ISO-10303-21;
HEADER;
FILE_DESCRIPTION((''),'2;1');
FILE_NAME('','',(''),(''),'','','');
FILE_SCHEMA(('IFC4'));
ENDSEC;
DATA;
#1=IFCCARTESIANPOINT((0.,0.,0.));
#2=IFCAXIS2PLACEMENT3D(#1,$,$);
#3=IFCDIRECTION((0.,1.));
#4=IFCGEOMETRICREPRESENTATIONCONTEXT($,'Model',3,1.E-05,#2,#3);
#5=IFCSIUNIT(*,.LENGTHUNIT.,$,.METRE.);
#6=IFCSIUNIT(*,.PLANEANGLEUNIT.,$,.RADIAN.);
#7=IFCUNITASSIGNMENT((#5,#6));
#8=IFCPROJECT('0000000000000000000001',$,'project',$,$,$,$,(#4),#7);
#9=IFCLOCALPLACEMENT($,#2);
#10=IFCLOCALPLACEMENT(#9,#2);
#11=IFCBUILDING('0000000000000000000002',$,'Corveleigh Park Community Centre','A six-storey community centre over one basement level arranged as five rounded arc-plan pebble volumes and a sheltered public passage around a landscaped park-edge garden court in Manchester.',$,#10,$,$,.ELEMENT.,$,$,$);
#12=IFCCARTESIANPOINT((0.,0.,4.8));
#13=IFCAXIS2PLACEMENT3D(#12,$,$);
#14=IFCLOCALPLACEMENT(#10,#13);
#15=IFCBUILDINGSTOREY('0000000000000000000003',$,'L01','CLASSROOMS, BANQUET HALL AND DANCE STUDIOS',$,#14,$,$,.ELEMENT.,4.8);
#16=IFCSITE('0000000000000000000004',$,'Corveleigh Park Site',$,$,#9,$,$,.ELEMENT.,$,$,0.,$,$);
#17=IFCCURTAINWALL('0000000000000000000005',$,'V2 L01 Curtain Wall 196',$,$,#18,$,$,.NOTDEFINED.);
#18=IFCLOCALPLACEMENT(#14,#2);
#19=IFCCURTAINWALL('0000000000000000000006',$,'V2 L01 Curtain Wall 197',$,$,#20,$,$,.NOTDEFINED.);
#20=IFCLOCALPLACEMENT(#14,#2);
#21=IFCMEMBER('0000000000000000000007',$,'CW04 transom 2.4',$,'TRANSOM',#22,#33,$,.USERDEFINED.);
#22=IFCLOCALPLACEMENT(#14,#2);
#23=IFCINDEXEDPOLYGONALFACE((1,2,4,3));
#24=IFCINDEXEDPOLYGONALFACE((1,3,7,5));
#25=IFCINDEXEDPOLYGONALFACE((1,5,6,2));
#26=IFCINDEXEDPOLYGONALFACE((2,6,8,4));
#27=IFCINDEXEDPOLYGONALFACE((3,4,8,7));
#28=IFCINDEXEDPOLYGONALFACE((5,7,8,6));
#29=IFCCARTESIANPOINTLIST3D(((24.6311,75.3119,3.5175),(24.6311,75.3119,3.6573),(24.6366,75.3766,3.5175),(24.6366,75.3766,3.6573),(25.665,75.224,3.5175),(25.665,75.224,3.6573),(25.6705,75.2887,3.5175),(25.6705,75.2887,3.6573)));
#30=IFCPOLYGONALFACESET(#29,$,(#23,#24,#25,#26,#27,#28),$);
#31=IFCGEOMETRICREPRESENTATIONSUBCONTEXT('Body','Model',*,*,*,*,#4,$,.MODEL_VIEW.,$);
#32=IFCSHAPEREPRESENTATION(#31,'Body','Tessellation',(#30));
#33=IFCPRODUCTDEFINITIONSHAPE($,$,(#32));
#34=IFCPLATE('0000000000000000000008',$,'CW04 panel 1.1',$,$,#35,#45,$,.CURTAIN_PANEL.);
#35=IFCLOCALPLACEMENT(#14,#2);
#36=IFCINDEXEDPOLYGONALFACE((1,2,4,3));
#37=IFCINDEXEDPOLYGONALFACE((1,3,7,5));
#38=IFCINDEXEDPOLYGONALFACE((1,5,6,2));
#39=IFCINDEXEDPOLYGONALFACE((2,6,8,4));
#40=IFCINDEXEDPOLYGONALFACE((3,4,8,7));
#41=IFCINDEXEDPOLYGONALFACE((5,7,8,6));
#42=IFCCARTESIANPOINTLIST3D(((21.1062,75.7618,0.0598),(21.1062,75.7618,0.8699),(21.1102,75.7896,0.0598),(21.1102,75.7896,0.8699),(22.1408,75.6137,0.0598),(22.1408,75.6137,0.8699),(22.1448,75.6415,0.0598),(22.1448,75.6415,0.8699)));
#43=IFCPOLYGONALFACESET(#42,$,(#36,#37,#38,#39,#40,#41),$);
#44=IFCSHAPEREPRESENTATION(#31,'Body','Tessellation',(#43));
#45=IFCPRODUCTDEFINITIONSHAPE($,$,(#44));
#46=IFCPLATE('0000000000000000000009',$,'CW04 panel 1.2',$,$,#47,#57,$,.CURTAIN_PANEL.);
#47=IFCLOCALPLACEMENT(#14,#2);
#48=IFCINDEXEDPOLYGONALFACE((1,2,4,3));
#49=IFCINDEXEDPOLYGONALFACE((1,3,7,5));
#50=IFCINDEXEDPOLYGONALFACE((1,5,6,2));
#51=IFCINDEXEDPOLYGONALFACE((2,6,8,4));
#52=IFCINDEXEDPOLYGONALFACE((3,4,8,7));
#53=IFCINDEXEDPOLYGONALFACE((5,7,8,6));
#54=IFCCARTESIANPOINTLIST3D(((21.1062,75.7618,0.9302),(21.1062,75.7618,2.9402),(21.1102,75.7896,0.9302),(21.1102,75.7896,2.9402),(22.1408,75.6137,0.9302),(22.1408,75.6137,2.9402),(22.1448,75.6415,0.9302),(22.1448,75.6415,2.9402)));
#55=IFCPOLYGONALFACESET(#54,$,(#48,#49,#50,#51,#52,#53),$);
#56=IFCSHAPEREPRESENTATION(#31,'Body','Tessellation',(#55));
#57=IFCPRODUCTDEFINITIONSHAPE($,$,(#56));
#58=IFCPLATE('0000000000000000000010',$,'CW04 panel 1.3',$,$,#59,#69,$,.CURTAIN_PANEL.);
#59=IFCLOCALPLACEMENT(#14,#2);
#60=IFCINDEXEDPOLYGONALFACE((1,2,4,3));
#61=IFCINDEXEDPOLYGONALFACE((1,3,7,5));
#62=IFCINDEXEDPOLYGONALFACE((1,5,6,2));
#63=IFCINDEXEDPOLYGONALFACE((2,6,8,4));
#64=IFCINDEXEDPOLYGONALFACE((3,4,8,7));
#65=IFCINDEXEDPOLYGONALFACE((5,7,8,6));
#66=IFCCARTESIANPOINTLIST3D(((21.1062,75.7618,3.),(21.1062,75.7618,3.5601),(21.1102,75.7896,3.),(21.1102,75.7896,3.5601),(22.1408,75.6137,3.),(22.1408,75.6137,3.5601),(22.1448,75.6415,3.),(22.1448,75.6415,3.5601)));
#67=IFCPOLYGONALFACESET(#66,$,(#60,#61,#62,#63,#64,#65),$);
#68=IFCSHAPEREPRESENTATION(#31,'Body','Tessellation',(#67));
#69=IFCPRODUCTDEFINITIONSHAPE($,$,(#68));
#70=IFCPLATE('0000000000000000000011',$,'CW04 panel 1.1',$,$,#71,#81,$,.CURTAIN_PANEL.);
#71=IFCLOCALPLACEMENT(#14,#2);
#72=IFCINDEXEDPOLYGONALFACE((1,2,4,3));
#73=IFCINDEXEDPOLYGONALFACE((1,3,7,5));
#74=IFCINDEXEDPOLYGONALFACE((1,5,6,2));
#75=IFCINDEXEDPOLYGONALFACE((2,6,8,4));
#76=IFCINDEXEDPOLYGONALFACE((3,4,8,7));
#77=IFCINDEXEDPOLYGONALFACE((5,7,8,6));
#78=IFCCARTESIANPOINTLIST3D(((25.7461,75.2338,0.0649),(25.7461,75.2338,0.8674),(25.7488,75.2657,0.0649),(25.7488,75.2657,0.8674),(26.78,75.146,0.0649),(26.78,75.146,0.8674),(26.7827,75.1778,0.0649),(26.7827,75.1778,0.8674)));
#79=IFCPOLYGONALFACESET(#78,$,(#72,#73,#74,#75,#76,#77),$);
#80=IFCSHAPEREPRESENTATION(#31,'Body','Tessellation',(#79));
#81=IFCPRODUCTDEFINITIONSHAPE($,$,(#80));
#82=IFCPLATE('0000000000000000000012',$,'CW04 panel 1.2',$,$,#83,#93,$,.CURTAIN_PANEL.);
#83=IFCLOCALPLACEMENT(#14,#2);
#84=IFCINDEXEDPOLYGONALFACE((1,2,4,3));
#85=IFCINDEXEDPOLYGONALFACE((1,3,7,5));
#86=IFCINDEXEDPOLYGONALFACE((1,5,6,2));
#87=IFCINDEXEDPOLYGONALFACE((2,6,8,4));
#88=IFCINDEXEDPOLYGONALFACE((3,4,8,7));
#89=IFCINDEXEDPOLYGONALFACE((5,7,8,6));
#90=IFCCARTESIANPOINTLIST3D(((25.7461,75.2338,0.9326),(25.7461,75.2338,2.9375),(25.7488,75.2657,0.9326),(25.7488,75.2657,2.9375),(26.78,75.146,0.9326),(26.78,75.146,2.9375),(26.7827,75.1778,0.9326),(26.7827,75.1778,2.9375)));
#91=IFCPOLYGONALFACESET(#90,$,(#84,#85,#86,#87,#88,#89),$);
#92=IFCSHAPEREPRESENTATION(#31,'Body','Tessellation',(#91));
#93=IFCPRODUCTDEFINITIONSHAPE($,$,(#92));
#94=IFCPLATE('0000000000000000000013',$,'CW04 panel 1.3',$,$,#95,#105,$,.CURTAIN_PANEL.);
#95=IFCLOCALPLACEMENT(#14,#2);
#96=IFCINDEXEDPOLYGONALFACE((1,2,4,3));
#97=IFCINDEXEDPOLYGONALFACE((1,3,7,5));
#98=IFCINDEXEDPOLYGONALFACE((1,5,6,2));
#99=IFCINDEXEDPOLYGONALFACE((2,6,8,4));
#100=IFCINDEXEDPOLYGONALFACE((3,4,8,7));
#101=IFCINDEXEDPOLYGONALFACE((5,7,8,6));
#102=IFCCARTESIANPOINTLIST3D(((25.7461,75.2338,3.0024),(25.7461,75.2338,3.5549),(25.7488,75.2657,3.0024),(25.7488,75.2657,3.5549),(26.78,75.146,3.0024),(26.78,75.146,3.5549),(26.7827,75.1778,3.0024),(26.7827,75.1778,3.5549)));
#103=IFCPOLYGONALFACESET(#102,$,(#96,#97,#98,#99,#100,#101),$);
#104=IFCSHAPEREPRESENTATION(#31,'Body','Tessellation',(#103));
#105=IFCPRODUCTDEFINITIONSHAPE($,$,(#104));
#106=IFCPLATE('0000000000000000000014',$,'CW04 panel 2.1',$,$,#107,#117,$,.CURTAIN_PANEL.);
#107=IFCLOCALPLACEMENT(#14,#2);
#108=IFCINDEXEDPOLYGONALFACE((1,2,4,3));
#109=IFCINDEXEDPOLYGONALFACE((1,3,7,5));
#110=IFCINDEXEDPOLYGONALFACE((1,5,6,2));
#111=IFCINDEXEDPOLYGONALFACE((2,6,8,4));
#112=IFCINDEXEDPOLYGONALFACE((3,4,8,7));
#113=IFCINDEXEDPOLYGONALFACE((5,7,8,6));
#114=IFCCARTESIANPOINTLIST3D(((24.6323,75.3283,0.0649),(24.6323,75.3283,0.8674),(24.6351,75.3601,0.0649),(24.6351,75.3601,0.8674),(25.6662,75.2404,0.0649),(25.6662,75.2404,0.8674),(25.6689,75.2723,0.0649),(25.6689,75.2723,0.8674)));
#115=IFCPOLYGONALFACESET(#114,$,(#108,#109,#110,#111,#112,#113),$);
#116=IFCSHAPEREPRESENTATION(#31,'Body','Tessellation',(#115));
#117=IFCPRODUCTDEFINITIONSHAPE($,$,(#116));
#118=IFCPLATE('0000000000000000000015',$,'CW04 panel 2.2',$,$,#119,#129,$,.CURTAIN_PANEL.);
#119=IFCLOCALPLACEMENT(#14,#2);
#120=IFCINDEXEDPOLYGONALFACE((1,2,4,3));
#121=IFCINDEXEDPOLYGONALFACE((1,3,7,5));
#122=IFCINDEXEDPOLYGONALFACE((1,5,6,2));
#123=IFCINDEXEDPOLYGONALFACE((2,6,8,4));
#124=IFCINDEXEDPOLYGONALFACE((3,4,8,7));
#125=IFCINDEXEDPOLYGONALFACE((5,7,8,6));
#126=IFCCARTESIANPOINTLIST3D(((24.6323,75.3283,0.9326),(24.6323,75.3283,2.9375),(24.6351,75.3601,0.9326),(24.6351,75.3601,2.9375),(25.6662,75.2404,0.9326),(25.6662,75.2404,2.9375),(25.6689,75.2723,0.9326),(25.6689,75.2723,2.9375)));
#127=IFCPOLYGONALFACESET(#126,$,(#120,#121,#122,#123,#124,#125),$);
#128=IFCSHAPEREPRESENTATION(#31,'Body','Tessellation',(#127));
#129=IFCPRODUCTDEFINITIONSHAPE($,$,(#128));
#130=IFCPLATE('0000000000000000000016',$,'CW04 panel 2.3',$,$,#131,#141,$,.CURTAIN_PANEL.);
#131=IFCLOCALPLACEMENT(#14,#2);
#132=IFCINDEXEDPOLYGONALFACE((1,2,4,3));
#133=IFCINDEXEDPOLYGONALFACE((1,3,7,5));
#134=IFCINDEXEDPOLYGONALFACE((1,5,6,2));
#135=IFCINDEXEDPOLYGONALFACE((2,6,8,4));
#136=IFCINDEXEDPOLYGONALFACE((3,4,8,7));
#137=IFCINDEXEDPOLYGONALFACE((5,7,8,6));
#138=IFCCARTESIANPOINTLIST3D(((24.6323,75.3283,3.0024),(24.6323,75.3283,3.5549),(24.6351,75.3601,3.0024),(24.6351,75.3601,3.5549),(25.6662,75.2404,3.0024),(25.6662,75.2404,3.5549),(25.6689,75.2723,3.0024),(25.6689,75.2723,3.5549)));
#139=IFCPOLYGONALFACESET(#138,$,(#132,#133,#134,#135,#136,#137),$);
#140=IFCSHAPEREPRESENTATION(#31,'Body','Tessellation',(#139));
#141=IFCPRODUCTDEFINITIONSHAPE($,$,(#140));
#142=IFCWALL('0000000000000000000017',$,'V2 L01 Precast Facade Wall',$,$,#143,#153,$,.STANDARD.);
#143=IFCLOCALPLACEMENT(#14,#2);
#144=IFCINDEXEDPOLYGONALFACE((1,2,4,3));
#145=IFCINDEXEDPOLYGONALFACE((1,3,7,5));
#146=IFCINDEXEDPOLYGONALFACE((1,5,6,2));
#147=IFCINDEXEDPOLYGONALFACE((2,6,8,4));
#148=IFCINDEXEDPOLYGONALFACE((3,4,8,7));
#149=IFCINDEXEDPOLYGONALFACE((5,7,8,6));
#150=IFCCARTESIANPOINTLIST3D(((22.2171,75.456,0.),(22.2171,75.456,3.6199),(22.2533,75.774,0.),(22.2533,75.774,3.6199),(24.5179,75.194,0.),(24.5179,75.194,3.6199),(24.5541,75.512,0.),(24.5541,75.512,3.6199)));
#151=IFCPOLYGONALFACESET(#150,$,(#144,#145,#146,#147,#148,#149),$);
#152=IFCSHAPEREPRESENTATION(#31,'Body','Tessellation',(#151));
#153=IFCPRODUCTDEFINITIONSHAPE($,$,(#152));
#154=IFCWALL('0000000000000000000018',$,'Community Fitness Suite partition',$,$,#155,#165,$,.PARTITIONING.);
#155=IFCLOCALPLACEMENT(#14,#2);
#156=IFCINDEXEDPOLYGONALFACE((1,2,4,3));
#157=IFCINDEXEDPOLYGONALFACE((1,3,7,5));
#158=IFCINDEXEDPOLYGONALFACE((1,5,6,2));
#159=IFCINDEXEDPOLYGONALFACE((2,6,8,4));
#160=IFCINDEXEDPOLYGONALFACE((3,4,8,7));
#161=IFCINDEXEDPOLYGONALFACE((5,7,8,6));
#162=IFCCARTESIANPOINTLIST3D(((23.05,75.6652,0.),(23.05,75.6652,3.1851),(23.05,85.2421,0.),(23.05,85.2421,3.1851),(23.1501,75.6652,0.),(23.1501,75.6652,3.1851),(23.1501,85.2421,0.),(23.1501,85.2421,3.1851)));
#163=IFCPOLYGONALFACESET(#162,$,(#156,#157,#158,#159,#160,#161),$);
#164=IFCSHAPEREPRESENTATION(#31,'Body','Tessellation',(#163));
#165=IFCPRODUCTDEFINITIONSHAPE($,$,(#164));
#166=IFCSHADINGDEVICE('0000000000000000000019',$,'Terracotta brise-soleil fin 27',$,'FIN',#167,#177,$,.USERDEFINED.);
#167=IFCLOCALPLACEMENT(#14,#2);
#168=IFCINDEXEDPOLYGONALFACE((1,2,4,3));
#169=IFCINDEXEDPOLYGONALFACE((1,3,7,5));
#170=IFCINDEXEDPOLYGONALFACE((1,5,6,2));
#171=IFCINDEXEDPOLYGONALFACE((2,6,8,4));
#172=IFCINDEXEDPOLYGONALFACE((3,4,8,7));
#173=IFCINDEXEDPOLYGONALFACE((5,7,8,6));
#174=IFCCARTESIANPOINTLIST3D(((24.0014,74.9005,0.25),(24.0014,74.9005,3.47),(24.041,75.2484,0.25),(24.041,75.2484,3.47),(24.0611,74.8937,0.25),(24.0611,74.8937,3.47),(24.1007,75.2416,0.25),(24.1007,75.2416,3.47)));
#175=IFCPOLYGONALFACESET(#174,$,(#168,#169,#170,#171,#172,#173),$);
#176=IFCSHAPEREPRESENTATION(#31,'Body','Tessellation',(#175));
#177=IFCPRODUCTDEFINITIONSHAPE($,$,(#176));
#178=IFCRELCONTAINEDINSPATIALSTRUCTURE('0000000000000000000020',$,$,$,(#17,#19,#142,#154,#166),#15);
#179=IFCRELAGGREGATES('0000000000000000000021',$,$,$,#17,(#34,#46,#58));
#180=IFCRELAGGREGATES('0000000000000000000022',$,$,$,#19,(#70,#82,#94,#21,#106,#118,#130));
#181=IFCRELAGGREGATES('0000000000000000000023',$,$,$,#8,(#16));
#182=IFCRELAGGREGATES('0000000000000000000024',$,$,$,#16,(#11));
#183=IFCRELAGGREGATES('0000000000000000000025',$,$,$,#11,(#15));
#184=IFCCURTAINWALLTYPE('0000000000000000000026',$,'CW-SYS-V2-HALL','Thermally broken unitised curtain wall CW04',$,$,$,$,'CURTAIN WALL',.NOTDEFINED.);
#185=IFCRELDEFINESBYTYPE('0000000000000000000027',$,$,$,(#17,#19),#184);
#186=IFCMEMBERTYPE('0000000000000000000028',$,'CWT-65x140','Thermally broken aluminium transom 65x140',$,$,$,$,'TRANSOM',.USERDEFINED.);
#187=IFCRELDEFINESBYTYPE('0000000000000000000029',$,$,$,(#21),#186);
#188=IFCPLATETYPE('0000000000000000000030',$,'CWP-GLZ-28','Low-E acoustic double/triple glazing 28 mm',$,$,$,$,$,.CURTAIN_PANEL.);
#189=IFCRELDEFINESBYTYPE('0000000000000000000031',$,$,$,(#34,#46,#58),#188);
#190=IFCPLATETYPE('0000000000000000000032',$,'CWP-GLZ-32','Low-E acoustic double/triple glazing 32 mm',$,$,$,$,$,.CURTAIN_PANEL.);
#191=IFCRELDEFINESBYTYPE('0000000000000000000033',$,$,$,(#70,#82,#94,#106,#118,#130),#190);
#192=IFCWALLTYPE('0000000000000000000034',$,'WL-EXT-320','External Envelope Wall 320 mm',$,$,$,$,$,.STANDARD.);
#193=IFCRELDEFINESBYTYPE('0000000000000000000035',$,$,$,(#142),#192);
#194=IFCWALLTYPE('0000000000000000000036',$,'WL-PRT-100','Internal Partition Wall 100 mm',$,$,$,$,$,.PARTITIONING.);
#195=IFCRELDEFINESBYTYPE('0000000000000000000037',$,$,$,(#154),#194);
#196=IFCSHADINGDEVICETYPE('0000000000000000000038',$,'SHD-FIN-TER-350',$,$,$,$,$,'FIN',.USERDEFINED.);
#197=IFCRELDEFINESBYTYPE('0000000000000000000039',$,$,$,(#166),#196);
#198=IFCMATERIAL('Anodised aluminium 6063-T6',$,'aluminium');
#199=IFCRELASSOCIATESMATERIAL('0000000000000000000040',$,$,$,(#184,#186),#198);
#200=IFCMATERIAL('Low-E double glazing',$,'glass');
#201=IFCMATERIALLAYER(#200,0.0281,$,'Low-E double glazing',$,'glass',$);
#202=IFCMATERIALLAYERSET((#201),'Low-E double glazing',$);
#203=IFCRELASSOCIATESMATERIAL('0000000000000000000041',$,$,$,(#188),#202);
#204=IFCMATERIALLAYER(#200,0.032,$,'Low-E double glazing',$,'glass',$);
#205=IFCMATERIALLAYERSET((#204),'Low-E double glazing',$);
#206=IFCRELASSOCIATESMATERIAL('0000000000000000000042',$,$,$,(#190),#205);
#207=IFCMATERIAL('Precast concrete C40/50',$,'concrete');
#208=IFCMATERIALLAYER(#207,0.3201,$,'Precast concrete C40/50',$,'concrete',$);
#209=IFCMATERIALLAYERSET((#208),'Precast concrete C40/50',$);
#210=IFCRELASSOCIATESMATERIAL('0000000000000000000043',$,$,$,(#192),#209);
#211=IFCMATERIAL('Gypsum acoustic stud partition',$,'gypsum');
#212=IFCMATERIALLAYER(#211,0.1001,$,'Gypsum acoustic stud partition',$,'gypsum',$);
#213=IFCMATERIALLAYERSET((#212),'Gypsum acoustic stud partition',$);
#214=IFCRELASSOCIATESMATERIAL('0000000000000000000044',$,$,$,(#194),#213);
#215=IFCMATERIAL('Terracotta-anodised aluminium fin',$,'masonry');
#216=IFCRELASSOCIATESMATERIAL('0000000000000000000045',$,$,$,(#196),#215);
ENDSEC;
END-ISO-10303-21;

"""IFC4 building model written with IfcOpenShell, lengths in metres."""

from ifc_helpers import new_model, si_unit, direction, frame, frame_2d, origin, origin_2d, place, context, subcontext, project, spatial, rectangle, extrude, material, layer, layer_set, material_profile, profile_set, type_object, element, aggregate, save


model = new_model("IFC4")

# Units and contexts
model_context = context("Model", 3, precision=1e-05, world=origin(), true_north=direction((0.0, 1.0)))
body_context = subcontext(model_context, "Body", "Model", "MODEL_VIEW")
ifc_project = project(units=[si_unit("LENGTHUNIT", "METRE"), si_unit("PLANEANGLEUNIT", "RADIAN")], contexts=[model_context])

# Site, building, storey
site_placement = place(None, origin())
site = spatial("IfcSite", under=ifc_project, at=site_placement, Name="Corveleigh Park Site", CompositionType="ELEMENT", RefElevation=0.0)
building_placement = place(site_placement, origin())
building = spatial("IfcBuilding", under=site, at=building_placement, Name="Corveleigh Park Community Centre", Description="A six-storey community centre over one basement level arranged as five rounded arc-plan pebble volumes and a sheltered public passage around a landscaped park-edge garden court in Manchester.", CompositionType="ELEMENT")
storey_placement = place(building_placement, frame((0.0, 0.0, 4.8)))
storey = spatial("IfcBuildingStorey", under=building, at=storey_placement, Name="L01", Description="CLASSROOMS, BANQUET HALL AND DANCE STUDIOS", CompositionType="ELEMENT", Elevation=4.8)

# Curtain walls
ifc_material_1 = material(Name="Anodised aluminium 6063-T6", Category="aluminium")
curtain_wall_type = type_object("IfcCurtainWallType", Name="CW-SYS-V2-HALL", Description="Thermally broken unitised curtain wall CW04", ElementType="CURTAIN WALL", PredefinedType="NOTDEFINED", material=ifc_material_1)
curtain_wall_1_placement = place(storey_placement, origin())
curtain_wall_1 = element("IfcCurtainWall", 1, at=curtain_wall_1_placement, inside=storey, type_object=curtain_wall_type, Name="V2 L01 Curtain Wall 196", PredefinedType="NOTDEFINED")
curtain_wall_2_placement = place(storey_placement, origin())
curtain_wall_2 = element("IfcCurtainWall", 2, at=curtain_wall_2_placement, inside=storey, type_object=curtain_wall_type, Name="V2 L01 Curtain Wall 197", PredefinedType="NOTDEFINED")

# Member
ifc_material_profile_1 = material_profile(ifc_material_1, rectangle(XDim=0.0649, YDim=0.1399, at=origin_2d()), Name="ALU-T65x140", Category="aluminium")
ifc_profile_set_1 = profile_set([ifc_material_profile_1], Name="Anodised aluminium 6063-T6")
member_type_1 = type_object("IfcMemberType", Name="CWT-65x140", Description="Thermally broken aluminium transom 65x140", ElementType="TRANSOM", PredefinedType="USERDEFINED", material=ifc_profile_set_1)
member_1_placement = place(storey_placement, frame((25.6677, 75.2563, 3.5874), z_axis=(-0.996406, 0.0847, 0.0), x_axis=(-0.0847, -0.996406, 0.0)))
member_1 = element("IfcMember", 3, at=member_1_placement, type_object=member_type_1, Name="CW04 transom 2.4", ObjectType="TRANSOM", PredefinedType="USERDEFINED", context=body_context, shape_type="SweptSolid", body=[
    extrude(rectangle(XDim=0.0649, YDim=0.1399, at=origin_2d()), origin(), (0.0, 0.0, 1.0), 1.0376),
])

# Plates
ifc_material_2 = material(Name="Low-E double glazing", Category="glass")
ifc_layer_1 = layer(ifc_material_2, 0.0281, Name="Low-E double glazing", Category="glass")
ifc_layer_set_1 = layer_set([ifc_layer_1], Name="Low-E double glazing")
plate_type_1 = type_object("IfcPlateType", Name="CWP-GLZ-28", Description="Low-E acoustic double/triple glazing 28 mm", PredefinedType="CURTAIN_PANEL", material=ifc_layer_set_1)
plate_1_placement = place(storey_placement, frame((21.6255, 75.7017, 0.0598), z_axis=(0.0, 0.0, 1.0), x_axis=(-0.989915, 0.141663, 0.0)))
plate_1 = element("IfcPlate", 4, at=plate_1_placement, type_object=plate_type_1, Name="CW04 panel 1.1", PredefinedType="CURTAIN_PANEL", context=body_context, shape_type="SweptSolid", body=[
    extrude(rectangle(XDim=1.0452, YDim=0.0281, at=origin_2d()), origin(), (0.0, 0.0, 1.0), 0.8101),
])
plate_2_placement = place(storey_placement, frame((21.6255, 75.7017, 0.9302), z_axis=(0.0, 0.0, 1.0), x_axis=(-0.989915, 0.141663, 0.0)))
plate_2 = element("IfcPlate", 5, at=plate_2_placement, type_object=plate_type_1, Name="CW04 panel 1.2", PredefinedType="CURTAIN_PANEL", context=body_context, shape_type="SweptSolid", body=[
    extrude(rectangle(XDim=1.0452, YDim=0.0281, at=origin_2d()), origin(), (0.0, 0.0, 1.0), 2.01),
])
plate_3_placement = place(storey_placement, frame((21.6255, 75.7017, 3.0), z_axis=(0.0, 0.0, 1.0), x_axis=(-0.989915, 0.141663, 0.0)))
plate_3 = element("IfcPlate", 6, at=plate_3_placement, type_object=plate_type_1, Name="CW04 panel 1.3", PredefinedType="CURTAIN_PANEL", context=body_context, shape_type="SweptSolid", body=[
    extrude(rectangle(XDim=1.0452, YDim=0.0281, at=origin_2d()), origin(), (0.0, 0.0, 1.0), 0.5601),
])
aggregate(curtain_wall_1, [plate_1, plate_2, plate_3])
ifc_layer_2 = layer(ifc_material_2, 0.032, Name="Low-E double glazing", Category="glass")
ifc_layer_set_2 = layer_set([ifc_layer_2], Name="Low-E double glazing")
plate_type_2 = type_object("IfcPlateType", Name="CWP-GLZ-32", Description="Low-E acoustic double/triple glazing 32 mm", PredefinedType="CURTAIN_PANEL", material=ifc_layer_set_2)
plate_4_placement = place(storey_placement, frame((26.2644, 75.2058, 0.0649), z_axis=(0.0, 0.0, 1.0), x_axis=(-0.99641, 0.084654, 0.0)))
plate_4 = element("IfcPlate", 7, at=plate_4_placement, type_object=plate_type_2, Name="CW04 panel 1.1", PredefinedType="CURTAIN_PANEL", context=body_context, shape_type="SweptSolid", body=[
    extrude(rectangle(XDim=1.0376, YDim=0.032, at=origin_2d()), origin(), (0.0, 0.0, 1.0), 0.8025),
])
plate_5_placement = place(storey_placement, frame((26.2644, 75.2058, 0.9326), z_axis=(0.0, 0.0, 1.0), x_axis=(-0.99641, 0.084654, 0.0)))
plate_5 = element("IfcPlate", 8, at=plate_5_placement, type_object=plate_type_2, Name="CW04 panel 1.2", PredefinedType="CURTAIN_PANEL", context=body_context, shape_type="SweptSolid", body=[
    extrude(rectangle(XDim=1.0376, YDim=0.032, at=origin_2d()), origin(), (0.0, 0.0, 1.0), 2.0049),
])
plate_6_placement = place(storey_placement, frame((26.2644, 75.2058, 3.0024), z_axis=(0.0, 0.0, 1.0), x_axis=(-0.99641, 0.084654, 0.0)))
plate_6 = element("IfcPlate", 9, at=plate_6_placement, type_object=plate_type_2, Name="CW04 panel 1.3", PredefinedType="CURTAIN_PANEL", context=body_context, shape_type="SweptSolid", body=[
    extrude(rectangle(XDim=1.0376, YDim=0.032, at=origin_2d()), origin(), (0.0, 0.0, 1.0), 0.5525),
])
plate_7_placement = place(storey_placement, frame((25.1506, 75.3003, 0.0649), z_axis=(0.0, 0.0, 1.0), x_axis=(-0.99641, 0.084654, 0.0)))
plate_7 = element("IfcPlate", 10, at=plate_7_placement, type_object=plate_type_2, Name="CW04 panel 2.1", PredefinedType="CURTAIN_PANEL", context=body_context, shape_type="SweptSolid", body=[
    extrude(rectangle(XDim=1.0376, YDim=0.032, at=origin_2d()), origin(), (0.0, 0.0, 1.0), 0.8025),
])
plate_8_placement = place(storey_placement, frame((25.1506, 75.3003, 0.9326), z_axis=(0.0, 0.0, 1.0), x_axis=(-0.99641, 0.084654, 0.0)))
plate_8 = element("IfcPlate", 11, at=plate_8_placement, type_object=plate_type_2, Name="CW04 panel 2.2", PredefinedType="CURTAIN_PANEL", context=body_context, shape_type="SweptSolid", body=[
    extrude(rectangle(XDim=1.0376, YDim=0.032, at=origin_2d()), origin(), (0.0, 0.0, 1.0), 2.0049),
])
plate_9_placement = place(storey_placement, frame((25.1506, 75.3003, 3.0024), z_axis=(0.0, 0.0, 1.0), x_axis=(-0.99641, 0.084654, 0.0)))
plate_9 = element("IfcPlate", 12, at=plate_9_placement, type_object=plate_type_2, Name="CW04 panel 2.3", PredefinedType="CURTAIN_PANEL", context=body_context, shape_type="SweptSolid", body=[
    extrude(rectangle(XDim=1.0376, YDim=0.032, at=origin_2d()), origin(), (0.0, 0.0, 1.0), 0.5525),
])
aggregate(curtain_wall_2, [plate_4, plate_5, plate_6, member_1, plate_7, plate_8, plate_9])

# Walls
ifc_material_3 = material(Name="Precast concrete C40/50", Category="concrete")
ifc_layer_3 = layer(ifc_material_3, 0.3201, Name="Precast concrete C40/50", Category="concrete")
ifc_layer_set_3 = layer_set([ifc_layer_3], Name="Precast concrete C40/50")
wall_type_1 = type_object("IfcWallType", Name="WL-EXT-320", Description="External Envelope Wall 320 mm", PredefinedType="STANDARD", material=ifc_layer_set_3)
wall_1_placement = place(storey_placement, frame((24.5359, 75.353, 0.0), z_axis=(0.0, 0.0, 1.0), x_axis=(-0.99358, 0.113127, 0.0)))
element("IfcWall", 13, at=wall_1_placement, inside=storey, type_object=wall_type_1, Name="V2 L01 Precast Facade Wall", PredefinedType="STANDARD", context=body_context, shape_type="SweptSolid", body=[
    extrude(rectangle(XDim=2.3157, YDim=0.3201, at=frame_2d((1.1577, 0.0))), origin(), (0.0, 0.0, 1.0), 3.6199),
])
ifc_material_4 = material(Name="Gypsum acoustic stud partition", Category="gypsum")
ifc_layer_4 = layer(ifc_material_4, 0.1001, Name="Gypsum acoustic stud partition", Category="gypsum")
ifc_layer_set_4 = layer_set([ifc_layer_4], Name="Gypsum acoustic stud partition")
wall_type_2 = type_object("IfcWallType", Name="WL-PRT-100", Description="Internal Partition Wall 100 mm", PredefinedType="PARTITIONING", material=ifc_layer_set_4)
wall_2_placement = place(storey_placement, frame((23.1001, 75.665, 0.0), z_axis=(0.0, 0.0, 1.0), x_axis=(0.0, 1.0, 0.0)))
element("IfcWall", 14, at=wall_2_placement, inside=storey, type_object=wall_type_2, Name="Community Fitness Suite partition", PredefinedType="PARTITIONING", context=body_context, shape_type="SweptSolid", body=[
    extrude(rectangle(XDim=9.5769, YDim=0.1001, at=frame_2d((4.7886, 0.0))), origin(), (0.0, 0.0, 1.0), 3.1851),
])

# Shading device
ifc_material_5 = material(Name="Terracotta-anodised aluminium fin", Category="masonry")
shading_device_type = type_object("IfcShadingDeviceType", Name="SHD-FIN-TER-350", ElementType="FIN", PredefinedType="USERDEFINED", material=ifc_material_5)
shading_device_placement = place(storey_placement, frame((24.051, 75.071, 0.25), z_axis=(0.0, 0.0, 1.0), x_axis=(-0.113133, -0.99358, 0.0)))
element("IfcShadingDevice", 15, at=shading_device_placement, inside=storey, type_object=shading_device_type, Name="Terracotta brise-soleil fin 27", ObjectType="FIN", PredefinedType="USERDEFINED", context=body_context, shape_type="SweptSolid", body=[
    extrude(rectangle(XDim=0.3501, YDim=0.0601, at=origin_2d()), origin(), (0.0, 0.0, 1.0), 3.22),
])

save(model, "model.ifc")
